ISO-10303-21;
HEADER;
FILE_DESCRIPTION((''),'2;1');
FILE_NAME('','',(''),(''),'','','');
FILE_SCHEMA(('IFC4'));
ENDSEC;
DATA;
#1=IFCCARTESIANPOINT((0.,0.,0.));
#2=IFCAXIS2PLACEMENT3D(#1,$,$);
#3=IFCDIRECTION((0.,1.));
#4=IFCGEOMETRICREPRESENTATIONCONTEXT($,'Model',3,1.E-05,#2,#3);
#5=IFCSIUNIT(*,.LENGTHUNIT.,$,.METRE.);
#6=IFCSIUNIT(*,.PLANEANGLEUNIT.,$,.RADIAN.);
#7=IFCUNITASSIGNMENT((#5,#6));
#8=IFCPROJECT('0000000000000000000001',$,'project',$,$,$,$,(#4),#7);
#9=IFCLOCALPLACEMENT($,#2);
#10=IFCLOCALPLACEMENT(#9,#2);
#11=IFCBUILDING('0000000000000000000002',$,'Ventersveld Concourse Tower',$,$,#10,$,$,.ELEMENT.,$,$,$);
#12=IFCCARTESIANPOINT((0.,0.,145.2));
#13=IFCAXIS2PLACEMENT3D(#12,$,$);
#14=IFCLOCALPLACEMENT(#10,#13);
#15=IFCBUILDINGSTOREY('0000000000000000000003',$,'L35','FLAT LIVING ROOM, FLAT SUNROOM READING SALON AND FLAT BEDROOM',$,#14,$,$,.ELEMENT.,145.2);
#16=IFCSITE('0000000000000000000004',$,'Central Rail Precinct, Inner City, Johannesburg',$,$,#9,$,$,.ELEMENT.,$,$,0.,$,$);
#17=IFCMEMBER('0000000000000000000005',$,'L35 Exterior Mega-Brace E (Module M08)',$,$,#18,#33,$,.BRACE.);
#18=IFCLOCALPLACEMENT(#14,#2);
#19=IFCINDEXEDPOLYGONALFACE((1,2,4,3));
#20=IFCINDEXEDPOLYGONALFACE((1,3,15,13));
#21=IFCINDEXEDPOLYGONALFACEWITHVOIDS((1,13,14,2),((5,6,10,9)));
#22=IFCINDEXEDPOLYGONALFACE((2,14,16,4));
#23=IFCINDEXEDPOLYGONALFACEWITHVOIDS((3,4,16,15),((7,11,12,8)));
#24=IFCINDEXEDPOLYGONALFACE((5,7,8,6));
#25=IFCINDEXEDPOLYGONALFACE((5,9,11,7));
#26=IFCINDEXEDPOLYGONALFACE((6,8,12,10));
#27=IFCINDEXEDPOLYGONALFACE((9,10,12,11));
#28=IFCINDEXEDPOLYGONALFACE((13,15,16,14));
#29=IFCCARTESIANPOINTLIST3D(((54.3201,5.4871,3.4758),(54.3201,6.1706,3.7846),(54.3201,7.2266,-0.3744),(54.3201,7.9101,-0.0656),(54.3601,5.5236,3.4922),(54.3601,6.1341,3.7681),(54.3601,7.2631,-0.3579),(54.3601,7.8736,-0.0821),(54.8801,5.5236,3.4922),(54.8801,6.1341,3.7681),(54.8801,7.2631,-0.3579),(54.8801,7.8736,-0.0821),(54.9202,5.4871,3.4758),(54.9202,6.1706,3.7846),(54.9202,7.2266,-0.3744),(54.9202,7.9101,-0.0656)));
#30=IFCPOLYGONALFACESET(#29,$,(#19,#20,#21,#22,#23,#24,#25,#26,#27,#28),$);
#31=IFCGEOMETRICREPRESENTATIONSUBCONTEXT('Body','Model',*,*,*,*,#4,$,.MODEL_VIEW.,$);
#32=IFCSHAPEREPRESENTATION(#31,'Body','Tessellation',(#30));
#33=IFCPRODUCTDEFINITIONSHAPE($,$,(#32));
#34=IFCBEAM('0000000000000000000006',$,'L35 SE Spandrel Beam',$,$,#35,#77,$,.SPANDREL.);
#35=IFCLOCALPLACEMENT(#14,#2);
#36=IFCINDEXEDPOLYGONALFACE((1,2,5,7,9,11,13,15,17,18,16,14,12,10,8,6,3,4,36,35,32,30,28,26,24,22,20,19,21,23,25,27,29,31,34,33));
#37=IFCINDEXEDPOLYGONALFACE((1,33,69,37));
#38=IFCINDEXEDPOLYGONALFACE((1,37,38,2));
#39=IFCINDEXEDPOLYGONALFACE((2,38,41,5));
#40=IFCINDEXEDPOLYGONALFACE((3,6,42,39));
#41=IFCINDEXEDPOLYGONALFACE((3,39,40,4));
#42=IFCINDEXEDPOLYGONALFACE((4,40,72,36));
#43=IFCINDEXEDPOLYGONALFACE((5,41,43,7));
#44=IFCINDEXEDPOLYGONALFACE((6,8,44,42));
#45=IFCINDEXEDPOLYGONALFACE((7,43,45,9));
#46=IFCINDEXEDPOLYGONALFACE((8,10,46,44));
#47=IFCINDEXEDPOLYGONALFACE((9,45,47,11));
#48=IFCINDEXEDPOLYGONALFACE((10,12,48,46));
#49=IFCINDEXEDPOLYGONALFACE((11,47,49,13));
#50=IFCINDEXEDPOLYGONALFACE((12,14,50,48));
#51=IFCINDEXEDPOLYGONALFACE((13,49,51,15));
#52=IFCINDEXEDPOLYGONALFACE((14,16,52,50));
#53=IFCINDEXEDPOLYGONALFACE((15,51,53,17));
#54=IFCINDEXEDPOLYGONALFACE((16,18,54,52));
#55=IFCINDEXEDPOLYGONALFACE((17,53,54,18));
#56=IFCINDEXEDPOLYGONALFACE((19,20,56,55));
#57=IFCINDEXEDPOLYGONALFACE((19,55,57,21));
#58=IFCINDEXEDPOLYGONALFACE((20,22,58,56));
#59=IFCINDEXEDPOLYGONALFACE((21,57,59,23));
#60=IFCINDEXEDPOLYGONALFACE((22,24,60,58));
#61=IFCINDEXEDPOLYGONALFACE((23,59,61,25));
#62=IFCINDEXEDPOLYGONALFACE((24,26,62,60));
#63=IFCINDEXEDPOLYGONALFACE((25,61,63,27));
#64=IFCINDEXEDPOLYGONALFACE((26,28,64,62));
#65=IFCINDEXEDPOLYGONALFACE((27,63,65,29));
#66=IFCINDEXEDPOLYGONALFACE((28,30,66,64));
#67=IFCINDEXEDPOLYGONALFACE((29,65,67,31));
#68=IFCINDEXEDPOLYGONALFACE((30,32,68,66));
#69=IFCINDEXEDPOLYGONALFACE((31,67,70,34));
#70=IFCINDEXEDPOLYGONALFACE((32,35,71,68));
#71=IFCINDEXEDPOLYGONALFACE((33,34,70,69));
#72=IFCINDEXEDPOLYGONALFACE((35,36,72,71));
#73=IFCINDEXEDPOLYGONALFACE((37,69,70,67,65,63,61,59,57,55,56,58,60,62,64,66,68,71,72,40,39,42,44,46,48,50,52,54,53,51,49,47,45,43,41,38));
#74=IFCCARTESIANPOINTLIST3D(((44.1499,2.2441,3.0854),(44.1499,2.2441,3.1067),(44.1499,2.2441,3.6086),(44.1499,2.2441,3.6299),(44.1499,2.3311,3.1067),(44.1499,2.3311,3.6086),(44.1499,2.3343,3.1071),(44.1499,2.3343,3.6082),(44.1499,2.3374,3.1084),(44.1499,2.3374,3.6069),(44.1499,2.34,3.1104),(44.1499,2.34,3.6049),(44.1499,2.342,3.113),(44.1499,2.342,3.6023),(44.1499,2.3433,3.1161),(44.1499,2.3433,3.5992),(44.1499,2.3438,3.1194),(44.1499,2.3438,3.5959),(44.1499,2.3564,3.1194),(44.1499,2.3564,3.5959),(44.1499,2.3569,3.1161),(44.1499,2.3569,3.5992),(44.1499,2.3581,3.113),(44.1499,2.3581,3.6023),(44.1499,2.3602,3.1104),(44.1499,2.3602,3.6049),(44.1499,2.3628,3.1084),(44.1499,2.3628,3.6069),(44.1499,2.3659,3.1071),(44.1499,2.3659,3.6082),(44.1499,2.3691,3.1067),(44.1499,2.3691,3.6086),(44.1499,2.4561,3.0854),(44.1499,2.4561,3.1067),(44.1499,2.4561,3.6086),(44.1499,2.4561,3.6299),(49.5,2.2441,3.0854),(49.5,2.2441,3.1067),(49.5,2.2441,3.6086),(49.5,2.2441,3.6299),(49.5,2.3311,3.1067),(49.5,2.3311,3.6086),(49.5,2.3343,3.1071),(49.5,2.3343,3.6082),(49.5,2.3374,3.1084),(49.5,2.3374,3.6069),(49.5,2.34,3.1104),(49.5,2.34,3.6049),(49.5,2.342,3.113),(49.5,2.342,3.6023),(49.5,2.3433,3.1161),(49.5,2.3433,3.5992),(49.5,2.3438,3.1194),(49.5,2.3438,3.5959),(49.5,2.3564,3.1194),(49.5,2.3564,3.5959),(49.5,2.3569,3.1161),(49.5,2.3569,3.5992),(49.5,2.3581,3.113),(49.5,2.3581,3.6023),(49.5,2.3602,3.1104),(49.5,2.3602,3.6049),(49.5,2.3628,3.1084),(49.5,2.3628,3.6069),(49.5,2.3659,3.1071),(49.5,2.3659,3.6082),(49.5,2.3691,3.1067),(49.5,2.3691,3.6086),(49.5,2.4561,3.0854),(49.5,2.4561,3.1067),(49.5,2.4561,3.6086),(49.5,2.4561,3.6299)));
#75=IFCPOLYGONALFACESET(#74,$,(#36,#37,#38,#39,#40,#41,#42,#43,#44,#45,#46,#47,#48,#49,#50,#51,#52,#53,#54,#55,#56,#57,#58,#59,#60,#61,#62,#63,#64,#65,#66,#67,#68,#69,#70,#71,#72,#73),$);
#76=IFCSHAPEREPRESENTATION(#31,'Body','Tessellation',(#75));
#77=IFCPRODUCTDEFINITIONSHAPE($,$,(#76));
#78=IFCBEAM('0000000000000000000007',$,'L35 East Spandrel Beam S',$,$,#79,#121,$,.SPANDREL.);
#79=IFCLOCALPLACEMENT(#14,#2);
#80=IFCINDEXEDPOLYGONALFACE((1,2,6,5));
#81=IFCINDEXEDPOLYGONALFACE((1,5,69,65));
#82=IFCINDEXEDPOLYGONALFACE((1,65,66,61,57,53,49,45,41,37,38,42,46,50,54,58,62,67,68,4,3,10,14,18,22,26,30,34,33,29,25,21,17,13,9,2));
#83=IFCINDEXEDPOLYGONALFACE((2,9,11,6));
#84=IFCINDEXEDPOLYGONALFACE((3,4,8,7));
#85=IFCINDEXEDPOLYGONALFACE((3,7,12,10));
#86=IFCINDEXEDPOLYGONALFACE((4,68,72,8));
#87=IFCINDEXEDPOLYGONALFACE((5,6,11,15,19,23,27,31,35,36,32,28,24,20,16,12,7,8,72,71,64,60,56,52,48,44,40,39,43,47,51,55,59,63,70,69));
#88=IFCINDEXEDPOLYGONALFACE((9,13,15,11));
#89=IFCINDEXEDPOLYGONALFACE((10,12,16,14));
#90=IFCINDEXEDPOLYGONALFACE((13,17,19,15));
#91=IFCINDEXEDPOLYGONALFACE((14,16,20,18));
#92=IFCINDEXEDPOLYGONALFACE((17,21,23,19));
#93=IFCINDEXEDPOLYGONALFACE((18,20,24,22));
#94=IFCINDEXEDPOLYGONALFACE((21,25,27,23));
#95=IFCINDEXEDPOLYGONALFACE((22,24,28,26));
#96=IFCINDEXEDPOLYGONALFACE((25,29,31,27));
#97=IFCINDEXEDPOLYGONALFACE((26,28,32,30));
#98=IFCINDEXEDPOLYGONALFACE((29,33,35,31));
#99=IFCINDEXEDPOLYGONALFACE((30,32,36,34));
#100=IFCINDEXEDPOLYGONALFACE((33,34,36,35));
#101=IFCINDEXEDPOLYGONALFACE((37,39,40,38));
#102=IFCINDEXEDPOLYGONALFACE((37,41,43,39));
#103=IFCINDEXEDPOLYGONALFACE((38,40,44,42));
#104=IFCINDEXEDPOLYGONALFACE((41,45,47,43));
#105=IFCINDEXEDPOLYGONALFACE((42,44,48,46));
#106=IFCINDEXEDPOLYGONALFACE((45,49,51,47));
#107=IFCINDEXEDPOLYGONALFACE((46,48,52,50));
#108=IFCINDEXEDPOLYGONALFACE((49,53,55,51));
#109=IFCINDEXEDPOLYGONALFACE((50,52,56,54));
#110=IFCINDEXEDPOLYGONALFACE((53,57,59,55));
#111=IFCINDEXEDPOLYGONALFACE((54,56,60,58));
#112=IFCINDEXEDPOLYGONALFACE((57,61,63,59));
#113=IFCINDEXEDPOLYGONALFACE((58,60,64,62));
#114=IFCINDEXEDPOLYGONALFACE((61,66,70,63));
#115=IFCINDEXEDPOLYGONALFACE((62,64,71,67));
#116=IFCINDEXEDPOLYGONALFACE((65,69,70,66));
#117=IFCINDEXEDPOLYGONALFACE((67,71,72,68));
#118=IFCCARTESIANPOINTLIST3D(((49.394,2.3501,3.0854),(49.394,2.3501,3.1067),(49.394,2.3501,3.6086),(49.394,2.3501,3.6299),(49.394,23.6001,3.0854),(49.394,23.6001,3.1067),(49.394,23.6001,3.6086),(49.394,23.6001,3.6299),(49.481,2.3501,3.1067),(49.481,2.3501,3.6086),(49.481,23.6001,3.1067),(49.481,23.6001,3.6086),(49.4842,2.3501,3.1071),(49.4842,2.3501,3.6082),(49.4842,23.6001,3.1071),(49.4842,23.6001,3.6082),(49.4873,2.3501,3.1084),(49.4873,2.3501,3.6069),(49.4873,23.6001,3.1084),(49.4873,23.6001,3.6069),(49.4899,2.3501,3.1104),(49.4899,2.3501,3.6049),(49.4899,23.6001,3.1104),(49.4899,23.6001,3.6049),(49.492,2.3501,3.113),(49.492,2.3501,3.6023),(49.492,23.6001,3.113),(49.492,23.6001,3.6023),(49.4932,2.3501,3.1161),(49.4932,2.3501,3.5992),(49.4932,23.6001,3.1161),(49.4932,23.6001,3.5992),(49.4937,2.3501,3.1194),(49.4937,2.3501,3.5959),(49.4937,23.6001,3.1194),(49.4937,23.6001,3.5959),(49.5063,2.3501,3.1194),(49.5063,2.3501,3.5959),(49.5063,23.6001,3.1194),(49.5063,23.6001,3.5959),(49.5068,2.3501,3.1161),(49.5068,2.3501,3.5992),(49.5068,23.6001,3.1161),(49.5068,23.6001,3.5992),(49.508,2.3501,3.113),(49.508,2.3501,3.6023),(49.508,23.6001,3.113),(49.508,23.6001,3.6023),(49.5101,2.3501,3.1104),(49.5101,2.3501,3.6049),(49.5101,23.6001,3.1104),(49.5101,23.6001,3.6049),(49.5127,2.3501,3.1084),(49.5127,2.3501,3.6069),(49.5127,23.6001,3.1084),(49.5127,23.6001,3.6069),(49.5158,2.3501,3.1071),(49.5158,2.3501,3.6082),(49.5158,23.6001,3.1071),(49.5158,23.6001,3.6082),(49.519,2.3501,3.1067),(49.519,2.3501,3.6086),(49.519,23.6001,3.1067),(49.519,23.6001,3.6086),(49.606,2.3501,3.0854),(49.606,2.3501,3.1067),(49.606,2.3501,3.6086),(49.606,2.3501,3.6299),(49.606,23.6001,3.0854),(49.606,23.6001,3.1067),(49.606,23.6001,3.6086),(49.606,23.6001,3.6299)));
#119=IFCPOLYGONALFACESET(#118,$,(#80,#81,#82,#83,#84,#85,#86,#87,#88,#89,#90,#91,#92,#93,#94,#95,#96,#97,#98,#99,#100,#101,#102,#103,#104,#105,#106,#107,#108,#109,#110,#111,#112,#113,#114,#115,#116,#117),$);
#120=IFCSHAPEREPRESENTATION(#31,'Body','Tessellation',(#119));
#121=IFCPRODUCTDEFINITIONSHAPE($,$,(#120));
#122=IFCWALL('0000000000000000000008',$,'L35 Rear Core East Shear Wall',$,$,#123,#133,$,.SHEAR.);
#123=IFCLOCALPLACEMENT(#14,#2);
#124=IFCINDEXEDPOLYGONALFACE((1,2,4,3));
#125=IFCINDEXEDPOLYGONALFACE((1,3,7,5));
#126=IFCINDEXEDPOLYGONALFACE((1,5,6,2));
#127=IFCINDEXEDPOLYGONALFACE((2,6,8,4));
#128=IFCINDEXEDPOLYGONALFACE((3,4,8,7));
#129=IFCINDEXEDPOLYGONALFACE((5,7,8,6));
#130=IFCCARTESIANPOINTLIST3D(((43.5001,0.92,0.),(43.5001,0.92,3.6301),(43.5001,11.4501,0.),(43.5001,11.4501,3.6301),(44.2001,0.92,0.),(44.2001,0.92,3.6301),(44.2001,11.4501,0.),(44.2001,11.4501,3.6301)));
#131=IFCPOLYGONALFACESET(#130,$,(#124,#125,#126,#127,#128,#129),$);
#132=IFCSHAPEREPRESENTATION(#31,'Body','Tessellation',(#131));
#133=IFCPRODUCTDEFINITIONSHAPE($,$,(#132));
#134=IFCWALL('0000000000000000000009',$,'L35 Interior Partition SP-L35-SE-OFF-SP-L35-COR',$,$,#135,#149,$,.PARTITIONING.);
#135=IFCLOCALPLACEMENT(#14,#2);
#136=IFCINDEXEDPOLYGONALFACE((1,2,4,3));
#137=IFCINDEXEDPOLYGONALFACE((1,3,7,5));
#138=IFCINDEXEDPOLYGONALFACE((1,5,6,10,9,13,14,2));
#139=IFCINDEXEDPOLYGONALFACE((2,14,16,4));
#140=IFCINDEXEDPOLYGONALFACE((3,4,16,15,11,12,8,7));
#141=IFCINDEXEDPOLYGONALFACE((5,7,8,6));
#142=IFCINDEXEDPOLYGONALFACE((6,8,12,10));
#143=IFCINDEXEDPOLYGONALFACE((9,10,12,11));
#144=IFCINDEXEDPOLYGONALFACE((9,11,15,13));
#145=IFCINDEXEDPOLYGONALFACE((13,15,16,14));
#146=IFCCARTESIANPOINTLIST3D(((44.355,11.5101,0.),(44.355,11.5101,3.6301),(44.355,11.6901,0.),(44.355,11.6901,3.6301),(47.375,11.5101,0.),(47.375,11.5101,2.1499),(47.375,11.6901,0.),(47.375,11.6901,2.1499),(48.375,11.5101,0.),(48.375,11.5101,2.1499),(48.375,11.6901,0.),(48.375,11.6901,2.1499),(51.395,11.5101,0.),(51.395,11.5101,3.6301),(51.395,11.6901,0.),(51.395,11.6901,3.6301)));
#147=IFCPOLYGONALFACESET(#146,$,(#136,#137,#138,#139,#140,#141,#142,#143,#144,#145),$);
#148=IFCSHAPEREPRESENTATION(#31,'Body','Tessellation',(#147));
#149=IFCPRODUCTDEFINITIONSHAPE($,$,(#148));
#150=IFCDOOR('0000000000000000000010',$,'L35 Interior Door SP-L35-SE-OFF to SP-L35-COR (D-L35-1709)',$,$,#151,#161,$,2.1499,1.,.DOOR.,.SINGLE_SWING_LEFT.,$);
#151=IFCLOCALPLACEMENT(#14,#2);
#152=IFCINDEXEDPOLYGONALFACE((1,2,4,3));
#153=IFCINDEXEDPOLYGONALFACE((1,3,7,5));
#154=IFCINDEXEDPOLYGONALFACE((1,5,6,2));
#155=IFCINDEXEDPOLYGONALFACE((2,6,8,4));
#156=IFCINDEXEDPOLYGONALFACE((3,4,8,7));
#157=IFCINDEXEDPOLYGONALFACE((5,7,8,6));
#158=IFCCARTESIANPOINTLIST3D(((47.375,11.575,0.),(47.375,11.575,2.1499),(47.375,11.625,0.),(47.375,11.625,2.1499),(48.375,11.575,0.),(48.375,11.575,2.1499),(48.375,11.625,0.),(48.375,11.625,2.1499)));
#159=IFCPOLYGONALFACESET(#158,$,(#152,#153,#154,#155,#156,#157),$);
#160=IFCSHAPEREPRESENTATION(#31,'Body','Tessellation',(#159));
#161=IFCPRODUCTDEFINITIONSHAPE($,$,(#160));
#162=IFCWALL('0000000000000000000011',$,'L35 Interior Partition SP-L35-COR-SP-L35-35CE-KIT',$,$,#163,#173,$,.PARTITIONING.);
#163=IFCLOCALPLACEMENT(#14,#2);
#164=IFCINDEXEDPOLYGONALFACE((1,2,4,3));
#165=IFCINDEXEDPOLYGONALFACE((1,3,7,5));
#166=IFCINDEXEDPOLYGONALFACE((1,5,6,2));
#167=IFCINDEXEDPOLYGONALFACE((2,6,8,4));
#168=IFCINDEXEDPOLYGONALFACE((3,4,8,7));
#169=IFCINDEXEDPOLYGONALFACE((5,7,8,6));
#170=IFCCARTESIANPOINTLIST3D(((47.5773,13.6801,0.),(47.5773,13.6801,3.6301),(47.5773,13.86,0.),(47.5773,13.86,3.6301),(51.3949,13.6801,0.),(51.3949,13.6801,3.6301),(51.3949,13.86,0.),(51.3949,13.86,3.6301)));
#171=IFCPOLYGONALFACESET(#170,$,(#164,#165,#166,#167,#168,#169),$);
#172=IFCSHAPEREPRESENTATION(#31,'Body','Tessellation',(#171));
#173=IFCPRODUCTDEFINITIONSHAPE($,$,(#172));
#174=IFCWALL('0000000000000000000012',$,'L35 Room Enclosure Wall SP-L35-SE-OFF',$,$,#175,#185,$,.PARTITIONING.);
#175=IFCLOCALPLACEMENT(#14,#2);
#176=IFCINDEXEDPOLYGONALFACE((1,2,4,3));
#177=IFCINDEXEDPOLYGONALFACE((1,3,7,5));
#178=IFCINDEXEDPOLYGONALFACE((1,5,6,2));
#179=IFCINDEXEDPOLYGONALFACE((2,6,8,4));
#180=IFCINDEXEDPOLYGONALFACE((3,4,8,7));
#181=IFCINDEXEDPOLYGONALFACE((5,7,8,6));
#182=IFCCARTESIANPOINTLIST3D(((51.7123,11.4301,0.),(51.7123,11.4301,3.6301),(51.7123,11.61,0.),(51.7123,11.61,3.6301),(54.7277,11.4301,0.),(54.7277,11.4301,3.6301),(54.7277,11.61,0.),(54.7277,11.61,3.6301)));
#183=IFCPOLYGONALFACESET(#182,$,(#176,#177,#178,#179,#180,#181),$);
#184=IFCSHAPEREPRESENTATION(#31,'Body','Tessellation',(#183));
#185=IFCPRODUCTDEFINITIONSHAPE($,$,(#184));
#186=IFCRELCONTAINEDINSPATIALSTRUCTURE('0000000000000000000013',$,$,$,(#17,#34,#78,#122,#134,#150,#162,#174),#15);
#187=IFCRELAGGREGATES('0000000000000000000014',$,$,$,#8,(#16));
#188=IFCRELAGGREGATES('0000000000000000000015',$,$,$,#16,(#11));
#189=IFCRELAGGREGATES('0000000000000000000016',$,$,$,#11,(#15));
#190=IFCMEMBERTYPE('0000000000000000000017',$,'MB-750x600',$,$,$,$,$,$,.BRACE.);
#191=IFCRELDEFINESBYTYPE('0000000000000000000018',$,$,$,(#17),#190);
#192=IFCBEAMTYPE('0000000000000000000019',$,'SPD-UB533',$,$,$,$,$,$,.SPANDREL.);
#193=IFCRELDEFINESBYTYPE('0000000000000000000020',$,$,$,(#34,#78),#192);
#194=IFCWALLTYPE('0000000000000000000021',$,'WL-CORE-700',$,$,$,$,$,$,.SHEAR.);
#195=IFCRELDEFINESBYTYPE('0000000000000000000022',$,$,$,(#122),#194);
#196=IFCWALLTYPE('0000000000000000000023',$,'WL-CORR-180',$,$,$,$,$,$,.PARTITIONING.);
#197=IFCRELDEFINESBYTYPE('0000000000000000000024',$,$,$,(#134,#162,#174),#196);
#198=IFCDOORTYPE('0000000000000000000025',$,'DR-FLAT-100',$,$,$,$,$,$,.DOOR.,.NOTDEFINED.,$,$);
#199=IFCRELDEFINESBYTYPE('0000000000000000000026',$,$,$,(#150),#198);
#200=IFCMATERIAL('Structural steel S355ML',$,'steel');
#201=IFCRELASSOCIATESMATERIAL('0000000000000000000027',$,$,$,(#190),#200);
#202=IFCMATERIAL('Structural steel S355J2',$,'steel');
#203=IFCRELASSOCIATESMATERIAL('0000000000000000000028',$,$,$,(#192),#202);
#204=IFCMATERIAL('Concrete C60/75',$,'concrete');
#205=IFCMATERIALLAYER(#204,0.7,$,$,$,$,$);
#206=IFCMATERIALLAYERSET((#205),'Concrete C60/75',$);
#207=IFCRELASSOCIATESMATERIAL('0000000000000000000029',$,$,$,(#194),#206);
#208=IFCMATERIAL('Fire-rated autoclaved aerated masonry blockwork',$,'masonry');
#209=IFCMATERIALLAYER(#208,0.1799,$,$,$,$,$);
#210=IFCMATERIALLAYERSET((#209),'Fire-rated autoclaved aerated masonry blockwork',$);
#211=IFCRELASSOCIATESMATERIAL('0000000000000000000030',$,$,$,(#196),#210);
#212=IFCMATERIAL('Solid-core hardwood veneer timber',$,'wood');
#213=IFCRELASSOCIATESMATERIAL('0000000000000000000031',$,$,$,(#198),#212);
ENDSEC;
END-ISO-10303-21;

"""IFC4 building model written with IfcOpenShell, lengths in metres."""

from ifc_helpers import new_model, si_unit, direction, frame, frame_2d, origin, origin_2d, place, context, subcontext, project, spatial, rectangle, hollow_rectangle, i_section, extrude, material, layer, layer_set, material_profile, profile_set, type_object, element, fill, save


model = new_model("IFC4")

# Units and contexts
model_context = context("Model", 3, precision=1e-05, world=origin(), true_north=direction((0.0, 1.0)))
body_context = subcontext(model_context, "Body", "Model", "MODEL_VIEW")
ifc_project = project(units=[si_unit("LENGTHUNIT", "METRE"), si_unit("PLANEANGLEUNIT", "RADIAN")], contexts=[model_context])

# Site, building, storey
site_placement = place(None, origin())
site = spatial("IfcSite", under=ifc_project, at=site_placement, Name="Central Rail Precinct, Inner City, Johannesburg", CompositionType="ELEMENT", RefElevation=0.0)
building_placement = place(site_placement, origin())
building = spatial("IfcBuilding", under=site, at=building_placement, Name="Ventersveld Concourse Tower", CompositionType="ELEMENT")
storey_placement = place(building_placement, frame((0.0, 0.0, 145.2)))
storey = spatial("IfcBuildingStorey", under=building, at=storey_placement, Name="L35", Description="FLAT LIVING ROOM, FLAT SUNROOM READING SALON AND FLAT BEDROOM", CompositionType="ELEMENT", Elevation=145.2)

# Shared definitions
ifc_material_1 = material(Name="Structural steel S355J2", Category="steel")

# Member
ifc_material_2 = material(Name="Structural steel S355ML", Category="steel")
ifc_material_profile_1 = material_profile(ifc_material_2, hollow_rectangle(XDim=0.6001, YDim=0.75, WallThickness=0.04, at=origin_2d()), Name="BOX 750x600x40")
ifc_profile_set_1 = profile_set([ifc_material_profile_1], Name="Structural steel S355ML")
member_type = type_object("IfcMemberType", Name="MB-750x600", PredefinedType="BRACE", material=ifc_profile_set_1)
member_placement = place(storey_placement, frame((54.6201, 7.5684, -0.22), z_axis=(0.0, -0.411734, 0.911304), x_axis=(1.0, 0.0, 0.0)))
element("IfcMember", 1, at=member_placement, inside=storey, type_object=member_type, Name="L35 Exterior Mega-Brace E (Module M08)", PredefinedType="BRACE", context=body_context, shape_type="SweptSolid", body=[
    extrude(hollow_rectangle(XDim=0.6001, YDim=0.75, WallThickness=0.04, at=origin_2d()), origin(), (0.0, 0.0, 1.0), 4.2249),
])

# Beams
ifc_material_profile_2 = material_profile(ifc_material_1, i_section(OverallWidth=0.2119, OverallDepth=0.5444, WebThickness=0.0127, FlangeThickness=0.0212, FilletRadius=0.0127, at=origin_2d()), Name="UB 533x210x122")
ifc_profile_set_2 = profile_set([ifc_material_profile_2], Name="Structural steel S355J2")
beam_type_1 = type_object("IfcBeamType", Name="SPD-UB533", PredefinedType="SPANDREL", material=ifc_profile_set_2)
beam_1_placement = place(storey_placement, frame((44.1499, 2.3501, 3.3577), z_axis=(1.0, 0.0, 0.0), x_axis=(0.0, 1.0, 0.0)))
element("IfcBeam", 2, at=beam_1_placement, inside=storey, type_object=beam_type_1, Name="L35 SE Spandrel Beam", PredefinedType="SPANDREL", context=body_context, shape_type="SweptSolid", body=[
    extrude(i_section(OverallWidth=0.2119, OverallDepth=0.5444, WebThickness=0.0127, FlangeThickness=0.0212, FilletRadius=0.0127, at=origin_2d()), origin(), (0.0, 0.0, 1.0), 5.3501),
])
beam_2_placement = place(storey_placement, frame((49.5, 2.3501, 3.3577), z_axis=(0.0, 1.0, 0.0), x_axis=(-1.0, 0.0, 0.0)))
element("IfcBeam", 3, at=beam_2_placement, inside=storey, type_object=beam_type_1, Name="L35 East Spandrel Beam S", PredefinedType="SPANDREL", context=body_context, shape_type="SweptSolid", body=[
    extrude(i_section(OverallWidth=0.2119, OverallDepth=0.5444, WebThickness=0.0127, FlangeThickness=0.0212, FilletRadius=0.0127, at=origin_2d()), origin(), (0.0, 0.0, 1.0), 21.25),
])

# Wall
ifc_material_3 = material(Name="Concrete C60/75", Category="concrete")
ifc_layer_1 = layer(ifc_material_3, 0.7)
ifc_layer_set_1 = layer_set([ifc_layer_1], Name="Concrete C60/75")
wall_type_1 = type_object("IfcWallType", Name="WL-CORE-700", PredefinedType="SHEAR", material=ifc_layer_set_1)
wall_1_placement = place(storey_placement, frame((43.8501, 0.9199, 0.0), z_axis=(0.0, 0.0, 1.0), x_axis=(0.0, 1.0, 0.0)))
element("IfcWall", 4, at=wall_1_placement, inside=storey, type_object=wall_type_1, Name="L35 Rear Core East Shear Wall", PredefinedType="SHEAR", context=body_context, shape_type="SweptSolid", body=[
    extrude(rectangle(XDim=10.53, YDim=0.7, at=frame_2d((5.2651, 0.0))), origin(), (0.0, 0.0, 1.0), 3.6301),
])

# Wall, opening, door
ifc_material_4 = material(Name="Fire-rated autoclaved aerated masonry blockwork", Category="masonry")
ifc_layer_2 = layer(ifc_material_4, 0.1799)
ifc_layer_set_2 = layer_set([ifc_layer_2], Name="Fire-rated autoclaved aerated masonry blockwork")
wall_type_2 = type_object("IfcWallType", Name="WL-CORR-180", PredefinedType="PARTITIONING", material=ifc_layer_set_2)
wall_2_placement = place(storey_placement, frame((44.355, 11.6001, 0.0), z_axis=(0.0, 0.0, 1.0), x_axis=(1.0, 0.0, 0.0)))
wall_2 = element("IfcWall", 5, at=wall_2_placement, inside=storey, type_object=wall_type_2, Name="L35 Interior Partition SP-L35-SE-OFF-SP-L35-COR", PredefinedType="PARTITIONING", context=body_context, shape_type="SweptSolid", body=[
    extrude(rectangle(XDim=7.04, YDim=0.1799, at=frame_2d((3.52, 0.0))), origin(), (0.0, 0.0, 1.0), 3.6301),
])
opening_1_placement = place(wall_2_placement, frame((3.02, 0.0, 0.0)))
opening_1 = element("IfcOpeningElement", 6, at=opening_1_placement, cuts=wall_2, PredefinedType="OPENING", context=body_context, shape_type="SweptSolid", body=[
    extrude(rectangle(XDim=1.0, YDim=2.1499, at=frame_2d((0.5, 1.075))), frame((0.0, 0.1001, 0.0), z_axis=(0.0, -1.0, 0.0), x_axis=(1.0, 0.0, 0.0)), (0.0, 0.0, 1.0), 0.2),
])
ifc_material_5 = material(Name="Solid-core hardwood veneer timber", Category="wood")
door_type_1 = type_object("IfcDoorType", Name="DR-FLAT-100", OperationType="NOTDEFINED", PredefinedType="DOOR", material=ifc_material_5)
door_1_placement = place(opening_1_placement, origin())
door_1 = element("IfcDoor", 7, at=door_1_placement, inside=storey, type_object=door_type_1, Name="L35 Interior Door SP-L35-SE-OFF to SP-L35-COR (D-L35-1709)", OperationType="SINGLE_SWING_LEFT", OverallHeight=2.1499, OverallWidth=1.0, PredefinedType="DOOR", context=body_context, shape_type="SweptSolid", body=[
    extrude(rectangle(XDim=1.0, YDim=2.1499, at=frame_2d((0.5, 1.075))), frame((0.0, 0.0249, 0.0), z_axis=(0.0, -1.0, 0.0), x_axis=(1.0, 0.0, 0.0)), (0.0, 0.0, 1.0), 0.05),
])
fill(opening_1, door_1)

# Walls
wall_3_placement = place(storey_placement, frame((47.5774, 13.77, 0.0), z_axis=(0.0, 0.0, 1.0), x_axis=(1.0, 0.0, 0.0)))
element("IfcWall", 8, at=wall_3_placement, inside=storey, type_object=wall_type_2, Name="L35 Interior Partition SP-L35-COR-SP-L35-35CE-KIT", PredefinedType="PARTITIONING", context=body_context, shape_type="SweptSolid", body=[
    extrude(rectangle(XDim=3.8176, YDim=0.1799, at=frame_2d((1.9087, 0.0))), origin(), (0.0, 0.0, 1.0), 3.6301),
])
wall_4_placement = place(storey_placement, frame((51.7122, 11.52, 0.0), z_axis=(0.0, 0.0, 1.0), x_axis=(1.0, 0.0, 0.0)))
element("IfcWall", 9, at=wall_4_placement, inside=storey, type_object=wall_type_2, Name="L35 Room Enclosure Wall SP-L35-SE-OFF", PredefinedType="PARTITIONING", context=body_context, shape_type="SweptSolid", body=[
    extrude(rectangle(XDim=3.0154, YDim=0.1799, at=frame_2d((1.5078, 0.0))), origin(), (0.0, 0.0, 1.0), 3.6301),
])

save(model, "model.ifc")
